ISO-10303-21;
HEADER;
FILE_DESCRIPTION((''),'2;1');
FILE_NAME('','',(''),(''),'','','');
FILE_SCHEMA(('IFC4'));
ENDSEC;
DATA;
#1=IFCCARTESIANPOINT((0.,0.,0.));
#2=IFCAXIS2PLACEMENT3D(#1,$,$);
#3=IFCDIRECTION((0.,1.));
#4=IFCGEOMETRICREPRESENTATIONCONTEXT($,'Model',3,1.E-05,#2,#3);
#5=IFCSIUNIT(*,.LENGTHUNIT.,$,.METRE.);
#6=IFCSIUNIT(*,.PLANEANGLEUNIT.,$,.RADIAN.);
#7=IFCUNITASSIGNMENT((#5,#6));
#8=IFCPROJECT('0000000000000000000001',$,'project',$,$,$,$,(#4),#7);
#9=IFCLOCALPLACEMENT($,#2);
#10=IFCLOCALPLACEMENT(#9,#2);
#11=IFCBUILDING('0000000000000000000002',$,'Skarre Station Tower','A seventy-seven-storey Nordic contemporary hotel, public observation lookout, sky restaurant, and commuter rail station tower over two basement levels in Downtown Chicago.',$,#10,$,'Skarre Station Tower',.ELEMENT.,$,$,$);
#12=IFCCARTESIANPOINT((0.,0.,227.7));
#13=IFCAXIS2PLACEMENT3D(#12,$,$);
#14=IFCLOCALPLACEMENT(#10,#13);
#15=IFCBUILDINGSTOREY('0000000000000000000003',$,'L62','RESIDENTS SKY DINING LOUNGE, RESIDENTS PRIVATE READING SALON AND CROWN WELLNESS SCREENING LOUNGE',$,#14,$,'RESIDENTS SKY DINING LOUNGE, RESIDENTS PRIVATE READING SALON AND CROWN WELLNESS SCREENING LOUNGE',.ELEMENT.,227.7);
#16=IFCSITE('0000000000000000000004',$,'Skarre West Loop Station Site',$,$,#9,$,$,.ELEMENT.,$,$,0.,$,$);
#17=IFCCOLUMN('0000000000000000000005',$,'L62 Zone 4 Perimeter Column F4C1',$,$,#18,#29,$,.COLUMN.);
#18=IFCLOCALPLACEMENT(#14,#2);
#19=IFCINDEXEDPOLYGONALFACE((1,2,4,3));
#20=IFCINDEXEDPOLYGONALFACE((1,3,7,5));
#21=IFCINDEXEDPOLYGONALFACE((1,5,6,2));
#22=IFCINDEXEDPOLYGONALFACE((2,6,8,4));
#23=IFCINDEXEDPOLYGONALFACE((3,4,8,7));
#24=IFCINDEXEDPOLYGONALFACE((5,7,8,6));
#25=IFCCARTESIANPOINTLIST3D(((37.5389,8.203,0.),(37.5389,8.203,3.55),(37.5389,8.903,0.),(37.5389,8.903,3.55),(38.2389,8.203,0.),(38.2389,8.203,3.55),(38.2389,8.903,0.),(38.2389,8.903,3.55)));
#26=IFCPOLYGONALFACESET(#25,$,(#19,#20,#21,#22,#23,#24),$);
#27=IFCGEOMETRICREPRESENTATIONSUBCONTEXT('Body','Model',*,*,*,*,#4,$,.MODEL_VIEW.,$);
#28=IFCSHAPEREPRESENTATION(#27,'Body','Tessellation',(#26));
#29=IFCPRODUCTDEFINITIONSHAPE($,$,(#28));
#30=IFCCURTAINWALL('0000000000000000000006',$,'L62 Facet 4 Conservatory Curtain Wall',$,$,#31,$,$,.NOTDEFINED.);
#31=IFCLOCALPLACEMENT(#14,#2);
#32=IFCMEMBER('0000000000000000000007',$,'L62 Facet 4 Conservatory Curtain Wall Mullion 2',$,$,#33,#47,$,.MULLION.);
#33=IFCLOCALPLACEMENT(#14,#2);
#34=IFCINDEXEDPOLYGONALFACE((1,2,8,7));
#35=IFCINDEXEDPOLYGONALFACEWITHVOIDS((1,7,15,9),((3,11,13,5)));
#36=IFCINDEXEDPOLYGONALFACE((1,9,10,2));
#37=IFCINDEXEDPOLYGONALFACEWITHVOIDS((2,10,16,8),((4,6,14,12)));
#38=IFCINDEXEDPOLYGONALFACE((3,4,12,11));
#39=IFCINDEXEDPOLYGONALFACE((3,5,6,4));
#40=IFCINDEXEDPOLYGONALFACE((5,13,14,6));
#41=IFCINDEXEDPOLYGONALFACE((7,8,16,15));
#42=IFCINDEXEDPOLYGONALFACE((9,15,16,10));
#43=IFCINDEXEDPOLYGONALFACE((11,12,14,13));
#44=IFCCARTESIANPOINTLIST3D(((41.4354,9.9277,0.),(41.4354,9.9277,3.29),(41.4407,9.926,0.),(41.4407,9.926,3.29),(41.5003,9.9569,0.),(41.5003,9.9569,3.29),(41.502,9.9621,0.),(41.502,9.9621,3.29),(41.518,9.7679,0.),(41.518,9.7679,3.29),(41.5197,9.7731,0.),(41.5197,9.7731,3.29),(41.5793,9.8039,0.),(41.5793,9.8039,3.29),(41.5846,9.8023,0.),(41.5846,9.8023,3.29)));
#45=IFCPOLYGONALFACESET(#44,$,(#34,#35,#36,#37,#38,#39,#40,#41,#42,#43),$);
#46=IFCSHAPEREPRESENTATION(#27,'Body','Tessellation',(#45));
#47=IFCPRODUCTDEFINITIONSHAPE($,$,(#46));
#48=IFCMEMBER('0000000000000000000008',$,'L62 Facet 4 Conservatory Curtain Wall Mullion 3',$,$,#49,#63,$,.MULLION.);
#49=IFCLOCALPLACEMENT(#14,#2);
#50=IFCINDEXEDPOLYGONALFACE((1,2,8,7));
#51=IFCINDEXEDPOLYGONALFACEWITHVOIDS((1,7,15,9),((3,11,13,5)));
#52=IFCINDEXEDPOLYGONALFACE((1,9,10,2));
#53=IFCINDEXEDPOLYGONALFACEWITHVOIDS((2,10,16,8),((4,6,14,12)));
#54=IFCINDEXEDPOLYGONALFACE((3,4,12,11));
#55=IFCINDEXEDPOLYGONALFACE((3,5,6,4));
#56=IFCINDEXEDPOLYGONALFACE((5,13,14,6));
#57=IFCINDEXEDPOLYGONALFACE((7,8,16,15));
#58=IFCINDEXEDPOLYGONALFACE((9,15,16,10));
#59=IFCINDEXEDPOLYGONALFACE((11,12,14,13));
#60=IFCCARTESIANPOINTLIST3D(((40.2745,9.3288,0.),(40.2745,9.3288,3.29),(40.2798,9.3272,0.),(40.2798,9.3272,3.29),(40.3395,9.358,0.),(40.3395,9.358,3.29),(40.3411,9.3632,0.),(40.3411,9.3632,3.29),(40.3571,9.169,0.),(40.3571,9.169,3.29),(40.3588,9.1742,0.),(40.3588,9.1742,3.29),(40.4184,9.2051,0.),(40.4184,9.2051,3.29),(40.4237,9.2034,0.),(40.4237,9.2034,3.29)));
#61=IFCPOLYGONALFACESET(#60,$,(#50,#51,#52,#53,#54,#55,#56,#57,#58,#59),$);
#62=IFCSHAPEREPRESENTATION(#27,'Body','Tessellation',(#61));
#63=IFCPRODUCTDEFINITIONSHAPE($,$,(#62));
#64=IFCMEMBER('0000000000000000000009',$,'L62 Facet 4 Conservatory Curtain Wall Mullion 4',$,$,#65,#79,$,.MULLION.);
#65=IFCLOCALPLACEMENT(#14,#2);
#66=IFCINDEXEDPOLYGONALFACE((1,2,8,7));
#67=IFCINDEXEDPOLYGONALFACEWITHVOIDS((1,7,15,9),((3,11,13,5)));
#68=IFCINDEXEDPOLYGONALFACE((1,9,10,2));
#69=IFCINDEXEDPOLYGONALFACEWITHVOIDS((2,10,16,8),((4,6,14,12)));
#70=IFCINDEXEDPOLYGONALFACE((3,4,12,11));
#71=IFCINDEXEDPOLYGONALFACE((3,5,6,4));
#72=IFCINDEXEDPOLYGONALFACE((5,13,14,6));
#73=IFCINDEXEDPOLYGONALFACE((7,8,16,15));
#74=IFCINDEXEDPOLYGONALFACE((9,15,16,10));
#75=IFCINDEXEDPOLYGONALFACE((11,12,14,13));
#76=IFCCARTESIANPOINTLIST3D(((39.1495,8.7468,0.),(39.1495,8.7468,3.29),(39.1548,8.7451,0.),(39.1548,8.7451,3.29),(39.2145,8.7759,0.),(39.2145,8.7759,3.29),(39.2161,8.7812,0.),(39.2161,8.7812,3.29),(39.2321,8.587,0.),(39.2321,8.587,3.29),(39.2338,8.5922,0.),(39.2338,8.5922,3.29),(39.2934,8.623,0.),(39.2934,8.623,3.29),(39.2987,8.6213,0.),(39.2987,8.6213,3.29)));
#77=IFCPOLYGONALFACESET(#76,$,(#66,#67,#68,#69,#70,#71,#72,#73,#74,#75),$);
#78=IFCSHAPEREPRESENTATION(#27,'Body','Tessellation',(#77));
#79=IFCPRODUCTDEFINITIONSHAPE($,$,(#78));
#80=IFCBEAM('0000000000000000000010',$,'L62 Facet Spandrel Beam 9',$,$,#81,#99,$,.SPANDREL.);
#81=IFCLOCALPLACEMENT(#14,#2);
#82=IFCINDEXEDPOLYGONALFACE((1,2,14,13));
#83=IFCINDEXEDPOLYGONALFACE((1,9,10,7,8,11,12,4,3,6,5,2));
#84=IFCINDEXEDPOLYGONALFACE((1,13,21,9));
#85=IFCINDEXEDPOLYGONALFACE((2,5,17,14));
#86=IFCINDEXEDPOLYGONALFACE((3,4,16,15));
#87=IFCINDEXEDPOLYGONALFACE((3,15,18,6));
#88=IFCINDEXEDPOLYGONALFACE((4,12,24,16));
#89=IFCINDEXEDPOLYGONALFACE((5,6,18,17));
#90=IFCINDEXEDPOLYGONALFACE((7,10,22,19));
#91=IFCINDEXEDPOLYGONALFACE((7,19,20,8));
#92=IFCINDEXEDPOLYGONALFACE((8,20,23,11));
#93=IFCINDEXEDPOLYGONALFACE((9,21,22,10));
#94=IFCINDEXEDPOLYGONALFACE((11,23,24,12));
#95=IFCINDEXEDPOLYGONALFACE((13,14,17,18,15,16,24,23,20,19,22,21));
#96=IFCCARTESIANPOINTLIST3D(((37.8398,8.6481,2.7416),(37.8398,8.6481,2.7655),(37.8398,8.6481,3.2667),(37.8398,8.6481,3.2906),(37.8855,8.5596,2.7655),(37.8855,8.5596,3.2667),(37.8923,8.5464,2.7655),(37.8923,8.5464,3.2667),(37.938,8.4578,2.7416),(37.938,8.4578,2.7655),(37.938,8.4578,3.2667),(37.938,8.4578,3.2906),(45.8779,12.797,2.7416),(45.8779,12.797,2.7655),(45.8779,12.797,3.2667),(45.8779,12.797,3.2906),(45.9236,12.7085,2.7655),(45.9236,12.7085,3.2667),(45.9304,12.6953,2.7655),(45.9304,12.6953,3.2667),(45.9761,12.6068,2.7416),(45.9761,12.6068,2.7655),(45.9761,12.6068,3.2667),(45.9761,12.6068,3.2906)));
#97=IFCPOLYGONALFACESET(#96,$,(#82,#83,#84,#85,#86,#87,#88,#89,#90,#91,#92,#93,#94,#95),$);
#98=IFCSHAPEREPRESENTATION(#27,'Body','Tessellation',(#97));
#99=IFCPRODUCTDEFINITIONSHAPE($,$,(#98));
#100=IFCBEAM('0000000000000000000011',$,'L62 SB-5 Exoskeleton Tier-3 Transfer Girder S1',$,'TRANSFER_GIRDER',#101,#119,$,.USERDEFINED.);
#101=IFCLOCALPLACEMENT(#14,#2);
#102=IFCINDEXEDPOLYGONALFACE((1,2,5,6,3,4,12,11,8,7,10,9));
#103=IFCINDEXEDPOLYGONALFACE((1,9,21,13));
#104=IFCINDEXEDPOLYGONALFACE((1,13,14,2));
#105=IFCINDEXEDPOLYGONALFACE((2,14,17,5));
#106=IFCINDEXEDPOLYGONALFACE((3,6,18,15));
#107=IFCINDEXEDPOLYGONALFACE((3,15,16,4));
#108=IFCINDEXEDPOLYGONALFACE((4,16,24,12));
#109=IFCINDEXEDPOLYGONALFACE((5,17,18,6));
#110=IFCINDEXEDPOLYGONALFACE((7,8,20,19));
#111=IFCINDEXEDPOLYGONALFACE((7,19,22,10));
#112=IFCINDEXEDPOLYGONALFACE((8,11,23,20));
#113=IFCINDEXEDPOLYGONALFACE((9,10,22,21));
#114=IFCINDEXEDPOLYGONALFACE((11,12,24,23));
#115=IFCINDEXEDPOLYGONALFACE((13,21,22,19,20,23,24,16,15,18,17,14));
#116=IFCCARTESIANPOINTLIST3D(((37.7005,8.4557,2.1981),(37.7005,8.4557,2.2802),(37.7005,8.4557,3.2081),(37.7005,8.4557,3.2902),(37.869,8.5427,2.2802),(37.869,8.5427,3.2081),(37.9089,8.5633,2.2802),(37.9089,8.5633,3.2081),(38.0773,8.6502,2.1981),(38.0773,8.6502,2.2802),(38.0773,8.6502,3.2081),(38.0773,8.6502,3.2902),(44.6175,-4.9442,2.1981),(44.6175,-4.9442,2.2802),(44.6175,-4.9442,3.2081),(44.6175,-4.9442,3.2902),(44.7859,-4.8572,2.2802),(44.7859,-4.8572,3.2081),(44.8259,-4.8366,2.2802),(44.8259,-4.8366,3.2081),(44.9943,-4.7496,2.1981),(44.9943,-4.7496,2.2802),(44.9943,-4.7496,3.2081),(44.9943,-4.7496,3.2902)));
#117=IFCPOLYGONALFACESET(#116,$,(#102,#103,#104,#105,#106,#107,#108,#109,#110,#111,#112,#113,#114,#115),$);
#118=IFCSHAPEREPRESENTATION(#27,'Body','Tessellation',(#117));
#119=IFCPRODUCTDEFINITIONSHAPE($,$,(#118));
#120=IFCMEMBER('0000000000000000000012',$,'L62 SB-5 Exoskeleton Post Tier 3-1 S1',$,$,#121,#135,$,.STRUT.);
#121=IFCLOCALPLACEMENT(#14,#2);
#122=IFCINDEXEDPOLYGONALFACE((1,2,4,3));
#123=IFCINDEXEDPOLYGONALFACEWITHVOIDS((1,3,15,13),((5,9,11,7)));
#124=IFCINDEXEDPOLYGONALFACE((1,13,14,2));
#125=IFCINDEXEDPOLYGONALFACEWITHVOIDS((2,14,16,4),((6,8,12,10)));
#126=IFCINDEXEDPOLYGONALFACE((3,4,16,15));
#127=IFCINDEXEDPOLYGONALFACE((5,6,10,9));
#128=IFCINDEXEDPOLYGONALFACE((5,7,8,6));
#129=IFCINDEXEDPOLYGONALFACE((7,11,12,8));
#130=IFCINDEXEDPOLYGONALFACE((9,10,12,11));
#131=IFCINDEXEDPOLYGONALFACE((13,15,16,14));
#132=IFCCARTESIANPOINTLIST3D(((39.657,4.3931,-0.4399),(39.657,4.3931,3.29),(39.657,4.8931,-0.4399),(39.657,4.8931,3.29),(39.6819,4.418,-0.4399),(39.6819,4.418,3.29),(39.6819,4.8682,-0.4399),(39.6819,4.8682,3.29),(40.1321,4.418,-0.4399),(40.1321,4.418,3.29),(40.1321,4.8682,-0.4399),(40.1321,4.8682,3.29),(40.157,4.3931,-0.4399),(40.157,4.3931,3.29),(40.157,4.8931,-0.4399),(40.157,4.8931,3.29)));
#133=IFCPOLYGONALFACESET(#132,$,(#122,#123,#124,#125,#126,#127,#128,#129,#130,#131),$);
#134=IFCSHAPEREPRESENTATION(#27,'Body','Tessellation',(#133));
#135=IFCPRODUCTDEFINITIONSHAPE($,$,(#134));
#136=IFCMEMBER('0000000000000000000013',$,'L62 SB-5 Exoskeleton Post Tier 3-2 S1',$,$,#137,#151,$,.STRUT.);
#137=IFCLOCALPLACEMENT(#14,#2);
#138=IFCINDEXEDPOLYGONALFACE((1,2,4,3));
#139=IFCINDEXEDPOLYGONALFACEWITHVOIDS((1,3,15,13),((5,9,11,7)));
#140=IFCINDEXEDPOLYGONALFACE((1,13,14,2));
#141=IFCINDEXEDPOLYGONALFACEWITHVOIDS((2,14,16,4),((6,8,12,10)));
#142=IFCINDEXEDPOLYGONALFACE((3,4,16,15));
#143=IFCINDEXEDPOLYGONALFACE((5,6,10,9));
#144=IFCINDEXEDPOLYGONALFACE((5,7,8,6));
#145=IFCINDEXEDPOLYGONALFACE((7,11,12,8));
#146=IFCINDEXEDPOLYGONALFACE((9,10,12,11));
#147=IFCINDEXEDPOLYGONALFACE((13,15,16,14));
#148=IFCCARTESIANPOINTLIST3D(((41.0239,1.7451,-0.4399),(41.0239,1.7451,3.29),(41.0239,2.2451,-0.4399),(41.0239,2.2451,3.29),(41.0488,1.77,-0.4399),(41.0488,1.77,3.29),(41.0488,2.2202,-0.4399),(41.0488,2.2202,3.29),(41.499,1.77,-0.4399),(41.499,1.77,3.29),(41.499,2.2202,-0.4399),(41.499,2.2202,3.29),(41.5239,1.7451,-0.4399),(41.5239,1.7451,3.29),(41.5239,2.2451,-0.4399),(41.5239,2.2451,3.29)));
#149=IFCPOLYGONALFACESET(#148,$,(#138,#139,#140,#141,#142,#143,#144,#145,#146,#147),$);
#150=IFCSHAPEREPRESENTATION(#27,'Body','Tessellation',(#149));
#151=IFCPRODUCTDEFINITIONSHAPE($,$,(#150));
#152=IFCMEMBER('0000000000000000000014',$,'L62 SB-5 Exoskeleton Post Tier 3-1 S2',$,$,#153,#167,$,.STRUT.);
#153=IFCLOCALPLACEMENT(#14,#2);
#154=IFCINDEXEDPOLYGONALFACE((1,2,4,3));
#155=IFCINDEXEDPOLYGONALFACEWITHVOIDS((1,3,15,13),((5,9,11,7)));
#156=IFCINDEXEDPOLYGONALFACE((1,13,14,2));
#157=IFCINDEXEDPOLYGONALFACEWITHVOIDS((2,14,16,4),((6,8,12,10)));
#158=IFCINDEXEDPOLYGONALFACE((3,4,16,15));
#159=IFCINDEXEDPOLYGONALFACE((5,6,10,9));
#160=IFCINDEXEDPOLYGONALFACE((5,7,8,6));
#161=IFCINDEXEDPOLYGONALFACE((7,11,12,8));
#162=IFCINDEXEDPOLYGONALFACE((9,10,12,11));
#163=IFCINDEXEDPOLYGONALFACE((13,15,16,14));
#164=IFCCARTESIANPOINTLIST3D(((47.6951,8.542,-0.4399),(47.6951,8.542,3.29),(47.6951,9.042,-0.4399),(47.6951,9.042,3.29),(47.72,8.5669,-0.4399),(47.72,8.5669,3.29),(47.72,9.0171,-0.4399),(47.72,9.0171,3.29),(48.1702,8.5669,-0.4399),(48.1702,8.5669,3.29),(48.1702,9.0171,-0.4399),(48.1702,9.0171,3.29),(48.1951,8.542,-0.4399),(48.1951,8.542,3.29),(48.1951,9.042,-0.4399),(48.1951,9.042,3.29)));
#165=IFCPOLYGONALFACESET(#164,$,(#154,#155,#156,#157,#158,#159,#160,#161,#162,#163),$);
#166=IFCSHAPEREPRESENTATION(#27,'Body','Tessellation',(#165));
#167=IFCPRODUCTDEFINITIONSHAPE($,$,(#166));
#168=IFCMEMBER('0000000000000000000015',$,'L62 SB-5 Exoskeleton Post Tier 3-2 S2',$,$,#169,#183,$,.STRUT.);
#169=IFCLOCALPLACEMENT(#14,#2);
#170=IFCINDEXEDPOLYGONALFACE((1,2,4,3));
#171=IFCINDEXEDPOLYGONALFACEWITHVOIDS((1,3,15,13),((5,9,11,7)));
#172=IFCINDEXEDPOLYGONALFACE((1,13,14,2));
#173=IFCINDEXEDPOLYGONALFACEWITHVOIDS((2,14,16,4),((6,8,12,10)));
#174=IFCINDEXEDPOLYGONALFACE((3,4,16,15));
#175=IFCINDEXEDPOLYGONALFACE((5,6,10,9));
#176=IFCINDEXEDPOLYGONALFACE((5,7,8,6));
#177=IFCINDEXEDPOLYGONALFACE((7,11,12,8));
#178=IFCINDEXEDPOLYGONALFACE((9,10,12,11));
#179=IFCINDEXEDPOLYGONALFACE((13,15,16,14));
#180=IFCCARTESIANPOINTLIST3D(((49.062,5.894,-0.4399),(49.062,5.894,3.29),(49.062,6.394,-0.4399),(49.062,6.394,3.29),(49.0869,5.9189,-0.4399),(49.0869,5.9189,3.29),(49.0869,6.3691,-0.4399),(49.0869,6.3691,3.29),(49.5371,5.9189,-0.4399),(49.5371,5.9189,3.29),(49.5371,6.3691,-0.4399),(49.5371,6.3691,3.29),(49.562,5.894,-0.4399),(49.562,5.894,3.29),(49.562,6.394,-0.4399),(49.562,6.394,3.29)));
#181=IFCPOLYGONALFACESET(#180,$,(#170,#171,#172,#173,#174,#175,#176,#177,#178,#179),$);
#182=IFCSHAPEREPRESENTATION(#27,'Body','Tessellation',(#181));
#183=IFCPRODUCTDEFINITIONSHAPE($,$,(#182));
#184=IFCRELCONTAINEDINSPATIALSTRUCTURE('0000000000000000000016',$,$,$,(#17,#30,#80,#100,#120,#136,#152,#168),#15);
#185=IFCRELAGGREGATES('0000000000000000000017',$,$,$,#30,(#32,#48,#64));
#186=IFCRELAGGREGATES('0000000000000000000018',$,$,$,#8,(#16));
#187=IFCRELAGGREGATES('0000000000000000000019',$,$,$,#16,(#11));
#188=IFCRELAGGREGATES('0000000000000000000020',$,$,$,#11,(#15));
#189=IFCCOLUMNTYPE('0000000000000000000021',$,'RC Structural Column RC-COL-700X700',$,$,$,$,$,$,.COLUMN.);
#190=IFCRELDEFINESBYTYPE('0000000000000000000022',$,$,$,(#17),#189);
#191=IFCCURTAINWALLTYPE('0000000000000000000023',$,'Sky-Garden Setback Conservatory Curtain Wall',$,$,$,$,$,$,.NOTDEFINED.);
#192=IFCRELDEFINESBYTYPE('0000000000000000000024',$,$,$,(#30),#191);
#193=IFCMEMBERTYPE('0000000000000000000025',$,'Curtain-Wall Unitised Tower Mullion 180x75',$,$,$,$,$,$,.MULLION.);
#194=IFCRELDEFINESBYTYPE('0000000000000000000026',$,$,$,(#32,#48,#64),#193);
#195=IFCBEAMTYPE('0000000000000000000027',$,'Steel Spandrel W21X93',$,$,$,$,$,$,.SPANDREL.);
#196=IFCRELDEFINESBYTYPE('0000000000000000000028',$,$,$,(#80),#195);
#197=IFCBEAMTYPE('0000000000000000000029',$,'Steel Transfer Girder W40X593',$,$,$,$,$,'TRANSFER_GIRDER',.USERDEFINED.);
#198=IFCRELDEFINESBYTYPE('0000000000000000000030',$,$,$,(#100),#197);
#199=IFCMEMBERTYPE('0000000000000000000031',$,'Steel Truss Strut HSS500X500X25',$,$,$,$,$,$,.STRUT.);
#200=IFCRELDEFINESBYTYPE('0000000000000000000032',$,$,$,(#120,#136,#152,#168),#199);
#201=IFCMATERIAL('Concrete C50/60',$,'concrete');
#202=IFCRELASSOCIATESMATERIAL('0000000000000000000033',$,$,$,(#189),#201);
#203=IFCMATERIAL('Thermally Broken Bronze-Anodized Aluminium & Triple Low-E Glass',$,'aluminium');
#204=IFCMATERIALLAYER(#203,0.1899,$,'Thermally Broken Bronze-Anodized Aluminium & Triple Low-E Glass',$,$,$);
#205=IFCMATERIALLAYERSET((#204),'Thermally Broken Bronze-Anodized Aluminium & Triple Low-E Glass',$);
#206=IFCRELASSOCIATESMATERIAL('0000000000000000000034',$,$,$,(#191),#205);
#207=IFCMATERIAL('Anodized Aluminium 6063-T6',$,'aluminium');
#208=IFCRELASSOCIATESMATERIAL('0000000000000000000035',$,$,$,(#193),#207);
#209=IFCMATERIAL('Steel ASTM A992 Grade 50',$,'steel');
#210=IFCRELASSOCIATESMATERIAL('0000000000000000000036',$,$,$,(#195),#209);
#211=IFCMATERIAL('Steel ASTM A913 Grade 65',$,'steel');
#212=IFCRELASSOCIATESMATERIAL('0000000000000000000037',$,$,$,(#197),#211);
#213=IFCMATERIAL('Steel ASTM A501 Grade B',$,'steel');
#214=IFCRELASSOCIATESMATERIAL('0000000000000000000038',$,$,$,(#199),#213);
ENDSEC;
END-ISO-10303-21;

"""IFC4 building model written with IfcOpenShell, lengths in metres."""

from ifc_helpers import new_model, si_unit, direction, frame, origin, origin_2d, place, context, subcontext, project, spatial, rectangle, hollow_rectangle, i_section, extrude, material, layer, layer_set, material_profile, profile_set, type_object, element, aggregate, save


model = new_model("IFC4")

# Units and contexts
model_context = context("Model", 3, precision=1e-05, world=origin(), true_north=direction((0.0, 1.0)))
body_context = subcontext(model_context, "Body", "Model", "MODEL_VIEW")
ifc_project = project(units=[si_unit("LENGTHUNIT", "METRE"), si_unit("PLANEANGLEUNIT", "RADIAN")], contexts=[model_context])

# Site, building, storey
site_placement = place(None, origin())
site = spatial("IfcSite", under=ifc_project, at=site_placement, Name="Skarre West Loop Station Site", CompositionType="ELEMENT", RefElevation=0.0)
building_placement = place(site_placement, origin())
building = spatial("IfcBuilding", under=site, at=building_placement, Name="Skarre Station Tower", Description="A seventy-seven-storey Nordic contemporary hotel, public observation lookout, sky restaurant, and commuter rail station tower over two basement levels in Downtown Chicago.", LongName="Skarre Station Tower", CompositionType="ELEMENT")
storey_placement = place(building_placement, frame((0.0, 0.0, 227.7)))
storey = spatial("IfcBuildingStorey", under=building, at=storey_placement, Name="L62", Description="RESIDENTS SKY DINING LOUNGE, RESIDENTS PRIVATE READING SALON AND CROWN WELLNESS SCREENING LOUNGE", LongName="RESIDENTS SKY DINING LOUNGE, RESIDENTS PRIVATE READING SALON AND CROWN WELLNESS SCREENING LOUNGE", CompositionType="ELEMENT", Elevation=227.7)

# Column
ifc_material_1 = material(Name="Concrete C50/60", Category="concrete")
ifc_material_profile_1 = material_profile(ifc_material_1, rectangle(XDim=0.7, YDim=0.7, at=origin_2d()), Name="Concrete C50/60")
ifc_profile_set_1 = profile_set([ifc_material_profile_1], Name="Concrete C50/60")
column_type = type_object("IfcColumnType", Name="RC Structural Column RC-COL-700X700", PredefinedType="COLUMN", material=ifc_profile_set_1)
column_placement = place(storey_placement, frame((37.8889, 8.553, 0.0), z_axis=(0.0, 0.0, 1.0), x_axis=(1.0, 0.0, 0.0)))
element("IfcColumn", 1, at=column_placement, inside=storey, type_object=column_type, Name="L62 Zone 4 Perimeter Column F4C1", PredefinedType="COLUMN", context=body_context, shape_type="SweptSolid", body=[
    extrude(rectangle(XDim=0.7, YDim=0.7, at=origin_2d()), origin(), (0.0, 0.0, 1.0), 3.55),
])

# Curtain wall, members
ifc_material_2 = material(Name="Thermally Broken Bronze-Anodized Aluminium & Triple Low-E Glass", Category="aluminium")
ifc_layer_1 = layer(ifc_material_2, 0.1899, Name="Thermally Broken Bronze-Anodized Aluminium & Triple Low-E Glass")
ifc_layer_set_1 = layer_set([ifc_layer_1], Name="Thermally Broken Bronze-Anodized Aluminium & Triple Low-E Glass")
curtain_wall_type = type_object("IfcCurtainWallType", Name="Sky-Garden Setback Conservatory Curtain Wall", PredefinedType="NOTDEFINED", material=ifc_layer_set_1)
curtain_wall_placement = place(storey_placement, origin())
curtain_wall = element("IfcCurtainWall", 2, at=curtain_wall_placement, inside=storey, type_object=curtain_wall_type, Name="L62 Facet 4 Conservatory Curtain Wall", PredefinedType="NOTDEFINED")
ifc_material_3 = material(Name="Anodized Aluminium 6063-T6", Category="aluminium")
ifc_material_profile_2 = material_profile(ifc_material_3, hollow_rectangle(XDim=0.075, YDim=0.1799, WallThickness=0.0039, at=origin_2d()), Name="Anodized Aluminium 6063-T6")
ifc_profile_set_2 = profile_set([ifc_material_profile_2], Name="Anodized Aluminium 6063-T6")
member_type_1 = type_object("IfcMemberType", Name="Curtain-Wall Unitised Tower Mullion 180x75", PredefinedType="MULLION", material=ifc_profile_set_2)
member_1_placement = place(storey_placement, frame((41.51, 9.865, 0.0), z_axis=(0.0, 0.0, 1.0), x_axis=(-0.888481, -0.458913, 0.0)))
member_1 = element("IfcMember", 3, at=member_1_placement, type_object=member_type_1, Name="L62 Facet 4 Conservatory Curtain Wall Mullion 2", PredefinedType="MULLION", context=body_context, shape_type="SweptSolid", body=[
    extrude(hollow_rectangle(XDim=0.075, YDim=0.1799, WallThickness=0.0039, at=origin_2d()), origin(), (0.0, 0.0, 1.0), 3.29),
])
member_2_placement = place(storey_placement, frame((40.3491, 9.2661, 0.0), z_axis=(0.0, 0.0, 1.0), x_axis=(-0.888481, -0.458913, 0.0)))
member_2 = element("IfcMember", 4, at=member_2_placement, type_object=member_type_1, Name="L62 Facet 4 Conservatory Curtain Wall Mullion 3", PredefinedType="MULLION", context=body_context, shape_type="SweptSolid", body=[
    extrude(hollow_rectangle(XDim=0.075, YDim=0.1799, WallThickness=0.0039, at=origin_2d()), origin(), (0.0, 0.0, 1.0), 3.29),
])
member_3_placement = place(storey_placement, frame((39.2241, 8.6841, 0.0), z_axis=(0.0, 0.0, 1.0), x_axis=(-0.888481, -0.458913, 0.0)))
member_3 = element("IfcMember", 5, at=member_3_placement, type_object=member_type_1, Name="L62 Facet 4 Conservatory Curtain Wall Mullion 4", PredefinedType="MULLION", context=body_context, shape_type="SweptSolid", body=[
    extrude(hollow_rectangle(XDim=0.075, YDim=0.1799, WallThickness=0.0039, at=origin_2d()), origin(), (0.0, 0.0, 1.0), 3.29),
])

# Beams
ifc_material_4 = material(Name="Steel ASTM A992 Grade 50", Category="steel")
ifc_material_profile_3 = material_profile(ifc_material_4, i_section(OverallWidth=0.2141, OverallDepth=0.5491, WebThickness=0.0149, FlangeThickness=0.0239, at=origin_2d()), Name="Steel ASTM A992 Grade 50")
ifc_profile_set_3 = profile_set([ifc_material_profile_3], Name="Steel ASTM A992 Grade 50")
beam_type_1 = type_object("IfcBeamType", Name="Steel Spandrel W21X93", PredefinedType="SPANDREL", material=ifc_profile_set_3)
beam_1_placement = place(storey_placement, frame((37.8889, 8.553, 3.0161), z_axis=(0.88861, 0.458664, 0.0), x_axis=(-0.458664, 0.88861, 0.0)))
element("IfcBeam", 6, at=beam_1_placement, inside=storey, type_object=beam_type_1, Name="L62 Facet Spandrel Beam 9", PredefinedType="SPANDREL", context=body_context, shape_type="SweptSolid", body=[
    extrude(i_section(OverallWidth=0.2141, OverallDepth=0.5491, WebThickness=0.0149, FlangeThickness=0.0239, at=origin_2d()), origin(), (0.0, 0.0, 1.0), 9.0457),
])
ifc_material_5 = material(Name="Steel ASTM A913 Grade 65", Category="steel")
ifc_material_profile_4 = material_profile(ifc_material_5, i_section(OverallWidth=0.4241, OverallDepth=1.092, WebThickness=0.0449, FlangeThickness=0.082, at=origin_2d()), Name="Steel ASTM A913 Grade 65")
ifc_profile_set_4 = profile_set([ifc_material_profile_4], Name="Steel ASTM A913 Grade 65")
beam_type_2 = type_object("IfcBeamType", Name="Steel Transfer Girder W40X593", ElementType="TRANSFER_GIRDER", PredefinedType="USERDEFINED", material=ifc_profile_set_4)
beam_2_placement = place(storey_placement, frame((37.8889, 8.553, 2.7441), z_axis=(0.458691, -0.888596, 0.0), x_axis=(0.888596, 0.458691, 0.0)))
element("IfcBeam", 7, at=beam_2_placement, inside=storey, type_object=beam_type_2, Name="L62 SB-5 Exoskeleton Tier-3 Transfer Girder S1", ObjectType="TRANSFER_GIRDER", PredefinedType="USERDEFINED", context=body_context, shape_type="SweptSolid", body=[
    extrude(i_section(OverallWidth=0.4241, OverallDepth=1.092, WebThickness=0.0449, FlangeThickness=0.082, at=origin_2d()), origin(), (0.0, 0.0, 1.0), 15.0798),
])

# Members
ifc_material_6 = material(Name="Steel ASTM A501 Grade B", Category="steel")
ifc_material_profile_5 = material_profile(ifc_material_6, hollow_rectangle(XDim=0.5, YDim=0.5, WallThickness=0.0249, at=origin_2d()), Name="Steel ASTM A501 Grade B")
ifc_profile_set_5 = profile_set([ifc_material_profile_5], Name="Steel ASTM A501 Grade B")
member_type_2 = type_object("IfcMemberType", Name="Steel Truss Strut HSS500X500X25", PredefinedType="STRUT", material=ifc_profile_set_5)
for number, where, z_axis, x_axis, name in (
    (8, (39.907, 4.6431, -0.4399), (0.0, 0.0, 1.0), (1.0, 0.0, 0.0), "L62 SB-5 Exoskeleton Post Tier 3-1 S1"),
    (9, (41.2739, 1.9951, -0.4399), (0.0, 0.0, 1.0), (1.0, 0.0, 0.0), "L62 SB-5 Exoskeleton Post Tier 3-2 S1"),
    (10, (47.9451, 8.792, -0.4399), (0.0, 0.0, 1.0), (1.0, 0.0, 0.0), "L62 SB-5 Exoskeleton Post Tier 3-1 S2"),
    (11, (49.312, 6.144, -0.4399), (0.0, 0.0, 1.0), (1.0, 0.0, 0.0), "L62 SB-5 Exoskeleton Post Tier 3-2 S2"),
):
    element("IfcMember", number, at=place(storey_placement, frame(where, z_axis=z_axis, x_axis=x_axis)), inside=storey, type_object=member_type_2, Name=name, PredefinedType="STRUT", context=body_context, shape_type="SweptSolid", body=[
        extrude(hollow_rectangle(XDim=0.5, YDim=0.5, WallThickness=0.0249, at=origin_2d()), origin(), (0.0, 0.0, 1.0), 3.73),
    ])

aggregate(curtain_wall, [member_1, member_2, member_3])

save(model, "model.ifc")
